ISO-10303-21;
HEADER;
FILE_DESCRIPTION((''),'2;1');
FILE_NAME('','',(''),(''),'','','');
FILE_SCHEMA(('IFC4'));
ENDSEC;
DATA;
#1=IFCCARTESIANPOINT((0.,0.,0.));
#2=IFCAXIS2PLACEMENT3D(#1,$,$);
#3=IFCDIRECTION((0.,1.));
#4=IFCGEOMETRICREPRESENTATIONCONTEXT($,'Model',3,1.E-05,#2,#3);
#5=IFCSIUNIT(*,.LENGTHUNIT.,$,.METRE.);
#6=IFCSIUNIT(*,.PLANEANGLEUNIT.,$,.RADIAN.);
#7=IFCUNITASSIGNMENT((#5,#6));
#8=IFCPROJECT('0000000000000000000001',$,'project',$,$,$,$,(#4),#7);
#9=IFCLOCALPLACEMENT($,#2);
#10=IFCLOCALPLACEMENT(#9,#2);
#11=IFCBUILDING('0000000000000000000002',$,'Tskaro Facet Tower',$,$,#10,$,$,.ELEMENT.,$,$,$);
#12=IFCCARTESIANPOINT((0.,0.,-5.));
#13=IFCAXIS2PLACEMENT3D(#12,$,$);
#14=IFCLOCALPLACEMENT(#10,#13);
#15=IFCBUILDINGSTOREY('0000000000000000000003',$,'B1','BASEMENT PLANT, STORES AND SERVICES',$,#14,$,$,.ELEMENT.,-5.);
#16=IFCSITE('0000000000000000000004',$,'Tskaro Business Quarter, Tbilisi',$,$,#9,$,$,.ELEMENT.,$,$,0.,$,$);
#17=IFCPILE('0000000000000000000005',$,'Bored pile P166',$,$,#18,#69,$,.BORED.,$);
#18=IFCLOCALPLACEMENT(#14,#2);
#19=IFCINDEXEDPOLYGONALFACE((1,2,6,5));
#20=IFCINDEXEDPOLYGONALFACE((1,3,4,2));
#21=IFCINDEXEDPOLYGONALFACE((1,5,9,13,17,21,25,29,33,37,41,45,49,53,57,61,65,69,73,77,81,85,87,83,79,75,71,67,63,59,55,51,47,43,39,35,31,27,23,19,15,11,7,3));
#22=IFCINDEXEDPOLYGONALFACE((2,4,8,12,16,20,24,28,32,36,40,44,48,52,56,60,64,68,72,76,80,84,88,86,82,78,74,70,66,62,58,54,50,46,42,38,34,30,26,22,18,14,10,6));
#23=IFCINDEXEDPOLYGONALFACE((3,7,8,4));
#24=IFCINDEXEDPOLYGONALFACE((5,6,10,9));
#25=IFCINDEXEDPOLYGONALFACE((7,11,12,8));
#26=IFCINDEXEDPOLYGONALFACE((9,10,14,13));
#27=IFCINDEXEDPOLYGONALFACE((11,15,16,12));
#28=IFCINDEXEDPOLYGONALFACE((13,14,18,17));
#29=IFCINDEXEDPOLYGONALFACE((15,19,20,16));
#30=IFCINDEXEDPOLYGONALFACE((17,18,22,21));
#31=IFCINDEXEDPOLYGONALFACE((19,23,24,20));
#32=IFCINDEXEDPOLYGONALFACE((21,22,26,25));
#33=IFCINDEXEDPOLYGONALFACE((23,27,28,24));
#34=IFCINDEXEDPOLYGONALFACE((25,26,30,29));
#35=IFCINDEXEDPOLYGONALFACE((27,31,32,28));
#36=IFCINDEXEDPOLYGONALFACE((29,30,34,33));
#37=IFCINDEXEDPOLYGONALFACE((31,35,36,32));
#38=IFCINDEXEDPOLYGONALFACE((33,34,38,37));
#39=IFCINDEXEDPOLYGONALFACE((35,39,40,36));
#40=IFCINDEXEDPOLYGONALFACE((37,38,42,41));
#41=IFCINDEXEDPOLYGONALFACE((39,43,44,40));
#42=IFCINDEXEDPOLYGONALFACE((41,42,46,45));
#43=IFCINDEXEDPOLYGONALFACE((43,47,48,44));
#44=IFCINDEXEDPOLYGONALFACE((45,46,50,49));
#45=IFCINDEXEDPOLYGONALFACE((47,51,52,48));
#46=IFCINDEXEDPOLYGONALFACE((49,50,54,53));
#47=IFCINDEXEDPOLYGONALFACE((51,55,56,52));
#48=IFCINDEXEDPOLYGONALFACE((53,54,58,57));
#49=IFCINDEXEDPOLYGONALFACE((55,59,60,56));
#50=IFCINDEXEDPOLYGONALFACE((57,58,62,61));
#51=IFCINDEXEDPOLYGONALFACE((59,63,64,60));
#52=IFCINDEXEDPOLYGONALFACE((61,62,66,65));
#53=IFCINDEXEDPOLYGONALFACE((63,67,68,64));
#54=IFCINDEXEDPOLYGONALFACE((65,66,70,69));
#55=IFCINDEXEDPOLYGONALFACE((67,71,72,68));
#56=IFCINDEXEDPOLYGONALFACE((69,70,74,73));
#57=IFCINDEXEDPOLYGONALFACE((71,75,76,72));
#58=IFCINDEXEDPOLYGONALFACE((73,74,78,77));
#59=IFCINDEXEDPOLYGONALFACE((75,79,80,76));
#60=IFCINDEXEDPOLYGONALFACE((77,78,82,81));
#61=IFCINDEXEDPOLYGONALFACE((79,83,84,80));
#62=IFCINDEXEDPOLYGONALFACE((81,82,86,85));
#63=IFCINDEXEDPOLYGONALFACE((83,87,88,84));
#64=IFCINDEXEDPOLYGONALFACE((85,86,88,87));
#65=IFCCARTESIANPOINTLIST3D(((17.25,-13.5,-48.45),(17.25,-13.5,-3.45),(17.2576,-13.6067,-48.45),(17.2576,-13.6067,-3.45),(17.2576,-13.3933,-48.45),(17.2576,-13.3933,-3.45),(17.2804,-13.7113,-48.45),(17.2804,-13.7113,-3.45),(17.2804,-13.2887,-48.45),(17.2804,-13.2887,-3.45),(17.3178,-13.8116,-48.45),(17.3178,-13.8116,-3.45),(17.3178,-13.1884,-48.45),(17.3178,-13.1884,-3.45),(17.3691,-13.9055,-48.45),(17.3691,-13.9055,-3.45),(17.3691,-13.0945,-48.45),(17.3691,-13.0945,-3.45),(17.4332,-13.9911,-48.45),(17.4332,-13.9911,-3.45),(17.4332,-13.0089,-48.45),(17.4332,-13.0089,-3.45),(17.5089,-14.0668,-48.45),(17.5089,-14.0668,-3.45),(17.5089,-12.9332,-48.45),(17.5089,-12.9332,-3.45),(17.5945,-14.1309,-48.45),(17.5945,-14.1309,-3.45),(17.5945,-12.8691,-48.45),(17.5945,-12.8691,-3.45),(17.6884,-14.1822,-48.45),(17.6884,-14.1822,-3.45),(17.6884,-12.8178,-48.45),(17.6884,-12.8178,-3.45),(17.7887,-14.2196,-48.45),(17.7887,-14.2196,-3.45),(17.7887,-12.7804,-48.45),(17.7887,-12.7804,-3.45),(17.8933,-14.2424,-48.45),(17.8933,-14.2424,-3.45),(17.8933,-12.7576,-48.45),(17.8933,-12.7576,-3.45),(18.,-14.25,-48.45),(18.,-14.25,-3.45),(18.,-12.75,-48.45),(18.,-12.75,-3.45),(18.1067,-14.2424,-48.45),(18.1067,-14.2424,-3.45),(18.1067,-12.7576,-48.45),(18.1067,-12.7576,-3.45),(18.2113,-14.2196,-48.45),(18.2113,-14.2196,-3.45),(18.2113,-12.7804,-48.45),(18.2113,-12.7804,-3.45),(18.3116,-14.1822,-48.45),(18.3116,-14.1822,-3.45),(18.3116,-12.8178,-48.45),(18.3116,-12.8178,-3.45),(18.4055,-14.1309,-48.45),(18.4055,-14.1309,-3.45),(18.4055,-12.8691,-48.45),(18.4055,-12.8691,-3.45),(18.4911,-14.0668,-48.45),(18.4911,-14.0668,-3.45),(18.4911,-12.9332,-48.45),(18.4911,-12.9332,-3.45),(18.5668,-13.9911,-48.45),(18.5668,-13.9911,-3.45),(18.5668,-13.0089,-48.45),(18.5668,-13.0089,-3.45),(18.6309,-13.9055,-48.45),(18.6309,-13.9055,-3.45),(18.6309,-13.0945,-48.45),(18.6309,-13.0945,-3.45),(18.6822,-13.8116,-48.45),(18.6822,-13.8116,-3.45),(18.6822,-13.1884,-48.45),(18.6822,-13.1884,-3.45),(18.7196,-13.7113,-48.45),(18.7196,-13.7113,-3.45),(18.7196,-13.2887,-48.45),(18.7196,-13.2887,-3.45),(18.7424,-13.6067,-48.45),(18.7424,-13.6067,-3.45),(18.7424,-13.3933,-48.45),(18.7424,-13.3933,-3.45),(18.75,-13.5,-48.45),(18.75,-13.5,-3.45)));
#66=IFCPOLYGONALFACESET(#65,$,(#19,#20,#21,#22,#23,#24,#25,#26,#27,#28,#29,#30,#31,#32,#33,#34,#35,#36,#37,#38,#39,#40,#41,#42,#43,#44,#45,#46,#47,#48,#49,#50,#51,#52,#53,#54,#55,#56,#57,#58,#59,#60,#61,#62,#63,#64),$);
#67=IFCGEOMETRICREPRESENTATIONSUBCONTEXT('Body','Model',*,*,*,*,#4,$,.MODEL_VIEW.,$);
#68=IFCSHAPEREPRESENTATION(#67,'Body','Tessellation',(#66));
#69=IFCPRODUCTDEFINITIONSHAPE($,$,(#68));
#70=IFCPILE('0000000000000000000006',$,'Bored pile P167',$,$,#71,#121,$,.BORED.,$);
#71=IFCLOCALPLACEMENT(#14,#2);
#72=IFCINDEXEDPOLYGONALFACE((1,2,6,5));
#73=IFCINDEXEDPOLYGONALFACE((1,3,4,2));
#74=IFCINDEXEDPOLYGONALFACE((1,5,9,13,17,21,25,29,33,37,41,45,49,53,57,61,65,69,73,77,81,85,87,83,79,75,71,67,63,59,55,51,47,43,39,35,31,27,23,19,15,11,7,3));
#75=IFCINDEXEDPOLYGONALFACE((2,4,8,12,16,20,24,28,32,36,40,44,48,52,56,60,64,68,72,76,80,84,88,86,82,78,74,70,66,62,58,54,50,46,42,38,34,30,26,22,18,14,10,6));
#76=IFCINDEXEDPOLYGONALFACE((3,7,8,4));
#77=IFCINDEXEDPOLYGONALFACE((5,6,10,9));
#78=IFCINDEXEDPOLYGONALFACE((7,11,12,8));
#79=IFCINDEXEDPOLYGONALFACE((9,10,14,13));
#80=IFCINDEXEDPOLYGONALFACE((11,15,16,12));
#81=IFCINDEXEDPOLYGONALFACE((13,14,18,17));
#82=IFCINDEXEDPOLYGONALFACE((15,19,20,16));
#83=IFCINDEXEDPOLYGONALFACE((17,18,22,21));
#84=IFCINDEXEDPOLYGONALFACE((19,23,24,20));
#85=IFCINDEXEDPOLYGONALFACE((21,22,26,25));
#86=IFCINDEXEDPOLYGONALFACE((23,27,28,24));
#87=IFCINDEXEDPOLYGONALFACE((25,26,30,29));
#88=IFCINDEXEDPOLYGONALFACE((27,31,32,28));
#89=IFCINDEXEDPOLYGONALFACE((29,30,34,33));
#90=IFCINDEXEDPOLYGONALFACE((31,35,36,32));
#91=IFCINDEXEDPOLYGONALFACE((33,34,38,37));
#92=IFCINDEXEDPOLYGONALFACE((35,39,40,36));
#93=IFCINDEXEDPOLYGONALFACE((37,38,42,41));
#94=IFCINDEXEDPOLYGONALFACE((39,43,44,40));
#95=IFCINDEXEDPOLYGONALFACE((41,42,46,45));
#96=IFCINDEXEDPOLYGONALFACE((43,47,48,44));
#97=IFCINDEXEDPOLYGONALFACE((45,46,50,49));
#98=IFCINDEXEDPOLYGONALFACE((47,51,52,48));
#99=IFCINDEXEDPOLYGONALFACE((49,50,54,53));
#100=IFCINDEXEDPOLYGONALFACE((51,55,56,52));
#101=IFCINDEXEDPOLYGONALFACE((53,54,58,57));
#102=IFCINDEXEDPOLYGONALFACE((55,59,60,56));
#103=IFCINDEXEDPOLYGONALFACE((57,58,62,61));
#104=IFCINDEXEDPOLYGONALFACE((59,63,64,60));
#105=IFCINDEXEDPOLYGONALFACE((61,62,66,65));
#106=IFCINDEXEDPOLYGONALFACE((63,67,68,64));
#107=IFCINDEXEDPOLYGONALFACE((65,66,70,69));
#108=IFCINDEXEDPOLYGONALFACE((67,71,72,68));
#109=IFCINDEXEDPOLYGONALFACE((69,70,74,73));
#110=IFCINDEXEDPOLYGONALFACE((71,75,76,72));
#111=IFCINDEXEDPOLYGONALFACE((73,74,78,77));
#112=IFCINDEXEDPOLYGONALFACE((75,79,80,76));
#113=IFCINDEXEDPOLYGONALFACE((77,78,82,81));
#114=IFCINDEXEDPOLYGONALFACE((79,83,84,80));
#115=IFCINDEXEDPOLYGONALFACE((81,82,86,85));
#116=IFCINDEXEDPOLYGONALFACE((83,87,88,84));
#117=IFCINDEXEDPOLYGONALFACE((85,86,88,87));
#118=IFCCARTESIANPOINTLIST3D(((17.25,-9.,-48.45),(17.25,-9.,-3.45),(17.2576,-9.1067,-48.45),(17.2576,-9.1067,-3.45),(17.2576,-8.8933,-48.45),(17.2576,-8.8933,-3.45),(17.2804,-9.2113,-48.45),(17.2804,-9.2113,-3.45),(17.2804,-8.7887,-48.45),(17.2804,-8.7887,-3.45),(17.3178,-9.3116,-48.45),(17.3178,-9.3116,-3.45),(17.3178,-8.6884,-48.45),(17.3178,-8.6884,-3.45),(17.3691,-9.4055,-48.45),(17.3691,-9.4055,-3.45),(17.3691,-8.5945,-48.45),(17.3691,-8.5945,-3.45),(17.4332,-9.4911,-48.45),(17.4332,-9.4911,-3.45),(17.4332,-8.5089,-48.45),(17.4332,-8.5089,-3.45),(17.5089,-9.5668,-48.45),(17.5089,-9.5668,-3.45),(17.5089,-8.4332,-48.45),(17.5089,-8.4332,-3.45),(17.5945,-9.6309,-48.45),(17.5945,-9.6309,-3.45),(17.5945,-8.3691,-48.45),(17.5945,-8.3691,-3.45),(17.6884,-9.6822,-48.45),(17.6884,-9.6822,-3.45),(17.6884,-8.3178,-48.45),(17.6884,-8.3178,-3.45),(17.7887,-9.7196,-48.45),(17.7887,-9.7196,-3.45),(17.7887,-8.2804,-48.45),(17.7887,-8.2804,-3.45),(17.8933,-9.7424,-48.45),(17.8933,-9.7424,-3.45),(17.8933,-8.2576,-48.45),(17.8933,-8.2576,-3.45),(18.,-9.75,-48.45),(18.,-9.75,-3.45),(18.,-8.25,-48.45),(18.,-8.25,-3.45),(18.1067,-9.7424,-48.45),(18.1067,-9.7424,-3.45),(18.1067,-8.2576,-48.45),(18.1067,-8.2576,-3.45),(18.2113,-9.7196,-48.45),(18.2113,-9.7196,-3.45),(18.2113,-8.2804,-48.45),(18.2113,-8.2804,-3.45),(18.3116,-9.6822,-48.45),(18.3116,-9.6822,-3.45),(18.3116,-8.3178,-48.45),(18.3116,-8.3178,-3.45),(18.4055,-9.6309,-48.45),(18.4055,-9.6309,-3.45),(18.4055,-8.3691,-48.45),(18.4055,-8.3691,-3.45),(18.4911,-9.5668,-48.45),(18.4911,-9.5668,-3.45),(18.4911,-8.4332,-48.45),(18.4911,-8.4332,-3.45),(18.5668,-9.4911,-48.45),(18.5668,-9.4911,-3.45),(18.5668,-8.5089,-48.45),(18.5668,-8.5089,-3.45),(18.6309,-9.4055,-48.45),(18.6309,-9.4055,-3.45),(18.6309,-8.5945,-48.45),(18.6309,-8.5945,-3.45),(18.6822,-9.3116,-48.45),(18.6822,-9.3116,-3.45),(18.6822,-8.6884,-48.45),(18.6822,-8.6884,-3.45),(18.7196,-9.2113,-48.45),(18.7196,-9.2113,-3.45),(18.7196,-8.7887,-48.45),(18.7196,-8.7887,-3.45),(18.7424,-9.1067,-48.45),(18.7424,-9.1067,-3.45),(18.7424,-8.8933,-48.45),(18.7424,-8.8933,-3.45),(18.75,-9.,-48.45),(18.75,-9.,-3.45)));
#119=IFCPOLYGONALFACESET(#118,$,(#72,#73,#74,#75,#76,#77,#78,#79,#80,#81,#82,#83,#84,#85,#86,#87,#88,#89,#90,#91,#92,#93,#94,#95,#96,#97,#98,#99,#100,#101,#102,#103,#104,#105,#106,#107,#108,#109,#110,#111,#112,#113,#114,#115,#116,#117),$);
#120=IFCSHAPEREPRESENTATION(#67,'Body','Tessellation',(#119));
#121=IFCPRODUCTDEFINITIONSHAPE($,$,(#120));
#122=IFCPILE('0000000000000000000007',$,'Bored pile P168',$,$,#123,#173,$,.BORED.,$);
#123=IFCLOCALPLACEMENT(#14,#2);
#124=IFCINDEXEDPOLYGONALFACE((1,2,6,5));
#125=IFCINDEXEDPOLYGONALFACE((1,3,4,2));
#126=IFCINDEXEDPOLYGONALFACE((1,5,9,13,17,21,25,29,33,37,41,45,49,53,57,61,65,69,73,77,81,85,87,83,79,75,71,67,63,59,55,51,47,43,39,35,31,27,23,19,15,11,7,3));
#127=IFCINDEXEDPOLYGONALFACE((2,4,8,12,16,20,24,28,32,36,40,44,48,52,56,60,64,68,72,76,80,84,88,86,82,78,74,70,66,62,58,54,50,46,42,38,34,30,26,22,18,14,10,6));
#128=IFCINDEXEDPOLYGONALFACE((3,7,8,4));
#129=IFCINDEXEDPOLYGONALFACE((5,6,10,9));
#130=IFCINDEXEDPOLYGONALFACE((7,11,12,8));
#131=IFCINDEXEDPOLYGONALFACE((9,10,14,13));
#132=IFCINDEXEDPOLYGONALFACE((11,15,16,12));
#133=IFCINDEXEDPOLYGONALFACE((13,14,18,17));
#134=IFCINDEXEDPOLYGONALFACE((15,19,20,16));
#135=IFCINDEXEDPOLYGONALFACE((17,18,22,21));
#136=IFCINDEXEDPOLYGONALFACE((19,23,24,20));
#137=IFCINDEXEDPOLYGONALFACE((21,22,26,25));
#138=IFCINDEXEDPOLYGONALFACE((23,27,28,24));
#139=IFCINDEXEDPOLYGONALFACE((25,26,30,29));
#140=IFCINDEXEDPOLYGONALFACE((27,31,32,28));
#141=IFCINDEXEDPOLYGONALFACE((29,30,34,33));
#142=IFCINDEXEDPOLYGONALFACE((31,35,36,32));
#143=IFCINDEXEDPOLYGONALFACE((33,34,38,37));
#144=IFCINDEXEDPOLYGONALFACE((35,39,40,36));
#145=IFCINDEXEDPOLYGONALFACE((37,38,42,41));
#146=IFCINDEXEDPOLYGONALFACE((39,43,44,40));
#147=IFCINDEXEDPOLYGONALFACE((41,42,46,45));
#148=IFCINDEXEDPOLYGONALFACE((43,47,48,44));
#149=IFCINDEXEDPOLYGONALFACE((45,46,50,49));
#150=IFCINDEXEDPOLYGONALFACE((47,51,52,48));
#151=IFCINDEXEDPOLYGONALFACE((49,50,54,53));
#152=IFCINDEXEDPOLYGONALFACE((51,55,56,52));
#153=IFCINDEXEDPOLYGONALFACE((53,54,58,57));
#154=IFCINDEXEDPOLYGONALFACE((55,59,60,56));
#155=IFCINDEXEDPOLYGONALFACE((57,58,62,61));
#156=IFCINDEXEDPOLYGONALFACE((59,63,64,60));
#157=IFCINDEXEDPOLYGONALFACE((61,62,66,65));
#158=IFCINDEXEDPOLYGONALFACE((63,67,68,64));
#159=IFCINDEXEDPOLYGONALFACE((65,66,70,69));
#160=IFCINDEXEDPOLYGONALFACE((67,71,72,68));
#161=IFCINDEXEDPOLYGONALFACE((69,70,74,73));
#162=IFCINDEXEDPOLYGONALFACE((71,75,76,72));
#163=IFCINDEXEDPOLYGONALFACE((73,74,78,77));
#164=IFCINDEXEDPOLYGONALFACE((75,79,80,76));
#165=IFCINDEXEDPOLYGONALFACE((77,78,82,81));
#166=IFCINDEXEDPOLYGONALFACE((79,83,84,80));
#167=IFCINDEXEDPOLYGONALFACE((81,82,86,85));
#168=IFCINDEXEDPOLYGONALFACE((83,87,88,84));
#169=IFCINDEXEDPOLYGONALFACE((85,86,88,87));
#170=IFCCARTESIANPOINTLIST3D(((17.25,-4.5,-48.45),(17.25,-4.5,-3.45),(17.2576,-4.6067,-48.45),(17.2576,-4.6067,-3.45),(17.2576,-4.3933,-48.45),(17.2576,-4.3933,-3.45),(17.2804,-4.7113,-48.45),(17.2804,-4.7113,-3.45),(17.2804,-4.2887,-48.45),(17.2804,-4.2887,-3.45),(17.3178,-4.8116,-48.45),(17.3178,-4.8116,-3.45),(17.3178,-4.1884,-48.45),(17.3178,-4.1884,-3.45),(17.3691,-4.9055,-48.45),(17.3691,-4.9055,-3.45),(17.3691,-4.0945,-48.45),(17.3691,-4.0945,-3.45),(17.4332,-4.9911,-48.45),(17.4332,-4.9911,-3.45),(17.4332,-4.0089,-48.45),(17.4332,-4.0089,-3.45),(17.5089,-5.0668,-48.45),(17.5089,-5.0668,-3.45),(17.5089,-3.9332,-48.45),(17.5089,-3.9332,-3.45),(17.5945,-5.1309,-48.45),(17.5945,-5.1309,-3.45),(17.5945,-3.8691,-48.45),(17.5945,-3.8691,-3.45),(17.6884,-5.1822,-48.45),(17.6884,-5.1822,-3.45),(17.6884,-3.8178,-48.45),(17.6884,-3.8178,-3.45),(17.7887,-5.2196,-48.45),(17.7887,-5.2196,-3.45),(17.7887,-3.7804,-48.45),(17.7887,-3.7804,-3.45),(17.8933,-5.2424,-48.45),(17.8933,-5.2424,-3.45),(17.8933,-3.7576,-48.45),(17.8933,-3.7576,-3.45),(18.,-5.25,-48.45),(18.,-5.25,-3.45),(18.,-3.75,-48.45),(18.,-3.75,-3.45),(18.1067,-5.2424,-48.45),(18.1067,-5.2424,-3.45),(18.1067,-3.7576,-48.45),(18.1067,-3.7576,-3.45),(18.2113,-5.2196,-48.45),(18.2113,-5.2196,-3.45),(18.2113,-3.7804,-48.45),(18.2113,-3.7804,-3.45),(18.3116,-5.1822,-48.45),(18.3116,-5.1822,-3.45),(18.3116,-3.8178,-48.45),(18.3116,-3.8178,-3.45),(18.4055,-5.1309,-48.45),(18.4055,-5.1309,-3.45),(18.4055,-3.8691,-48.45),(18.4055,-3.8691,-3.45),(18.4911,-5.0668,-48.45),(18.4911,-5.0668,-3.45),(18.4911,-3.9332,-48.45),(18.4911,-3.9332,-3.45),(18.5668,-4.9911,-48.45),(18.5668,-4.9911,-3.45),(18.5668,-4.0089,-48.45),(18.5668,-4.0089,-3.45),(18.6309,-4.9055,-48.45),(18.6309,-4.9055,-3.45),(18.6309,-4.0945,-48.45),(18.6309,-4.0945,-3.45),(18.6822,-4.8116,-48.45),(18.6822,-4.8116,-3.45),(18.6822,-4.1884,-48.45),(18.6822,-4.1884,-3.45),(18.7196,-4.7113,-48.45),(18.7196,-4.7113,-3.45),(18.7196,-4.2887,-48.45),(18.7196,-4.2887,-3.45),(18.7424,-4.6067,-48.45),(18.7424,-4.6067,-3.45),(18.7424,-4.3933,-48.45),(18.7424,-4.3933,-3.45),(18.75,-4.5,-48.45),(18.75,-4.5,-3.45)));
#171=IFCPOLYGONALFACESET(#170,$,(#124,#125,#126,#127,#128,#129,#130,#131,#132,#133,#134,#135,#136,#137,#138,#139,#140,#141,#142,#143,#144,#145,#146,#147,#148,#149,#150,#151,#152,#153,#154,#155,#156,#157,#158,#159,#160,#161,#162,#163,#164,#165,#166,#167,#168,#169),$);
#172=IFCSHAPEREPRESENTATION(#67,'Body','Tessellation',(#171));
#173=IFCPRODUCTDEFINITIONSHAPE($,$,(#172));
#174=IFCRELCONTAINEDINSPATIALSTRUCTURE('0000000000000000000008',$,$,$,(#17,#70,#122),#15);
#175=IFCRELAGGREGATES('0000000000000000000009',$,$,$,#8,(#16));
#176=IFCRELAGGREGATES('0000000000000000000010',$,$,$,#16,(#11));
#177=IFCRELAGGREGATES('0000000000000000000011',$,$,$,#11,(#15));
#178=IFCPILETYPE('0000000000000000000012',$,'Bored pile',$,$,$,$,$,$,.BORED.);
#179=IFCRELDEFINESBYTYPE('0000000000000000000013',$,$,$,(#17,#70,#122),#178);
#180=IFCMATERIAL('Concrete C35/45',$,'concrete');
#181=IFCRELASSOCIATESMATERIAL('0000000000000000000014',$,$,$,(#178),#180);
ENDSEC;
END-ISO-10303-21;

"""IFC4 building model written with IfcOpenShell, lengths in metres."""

from ifc_helpers import new_model, si_unit, direction, frame, origin, origin_2d, place, context, subcontext, project, spatial, circle, extrude, material, material_profile, profile_set, type_object, element, save


model = new_model("IFC4")

# Units and contexts
model_context = context("Model", 3, precision=1e-05, world=origin(), true_north=direction((0.0, 1.0)))
body_context = subcontext(model_context, "Body", "Model", "MODEL_VIEW")
ifc_project = project(units=[si_unit("LENGTHUNIT", "METRE"), si_unit("PLANEANGLEUNIT", "RADIAN")], contexts=[model_context])

# Site, building, storey
site_placement = place(None, origin())
site = spatial("IfcSite", under=ifc_project, at=site_placement, Name="Tskaro Business Quarter, Tbilisi", CompositionType="ELEMENT", RefElevation=0.0)
building_placement = place(site_placement, origin())
building = spatial("IfcBuilding", under=site, at=building_placement, Name="Tskaro Facet Tower", CompositionType="ELEMENT")
storey_placement = place(building_placement, frame((0.0, 0.0, -5.0)))
storey = spatial("IfcBuildingStorey", under=building, at=storey_placement, Name="B1", Description="BASEMENT PLANT, STORES AND SERVICES", CompositionType="ELEMENT", Elevation=-5.0)

# Piles
ifc_material_1 = material(Name="Concrete C35/45", Category="concrete")
ifc_material_profile_1 = material_profile(ifc_material_1, circle(Radius=0.75, at=origin_2d()), Name="Bored pile")
ifc_profile_set_1 = profile_set([ifc_material_profile_1], Name="Concrete C35/45")
pile_type = type_object("IfcPileType", Name="Bored pile", PredefinedType="BORED", material=ifc_profile_set_1)
for number, where, z_axis, x_axis, name in (
    (1, (18.0, -13.5, -3.45), (0.0, 0.0, -1.0), (1.0, 0.0, 0.0), "Bored pile P166"),
    (2, (18.0, -9.0, -3.45), (0.0, 0.0, -1.0), (1.0, 0.0, 0.0), "Bored pile P167"),
    (3, (18.0, -4.5, -3.45), (0.0, 0.0, -1.0), (1.0, 0.0, 0.0), "Bored pile P168"),
):
    element("IfcPile", number, at=place(storey_placement, frame(where, z_axis=z_axis, x_axis=x_axis)), inside=storey, type_object=pile_type, Name=name, PredefinedType="BORED", context=body_context, shape_type="SweptSolid", body=[
        extrude(circle(Radius=0.75, at=origin_2d()), origin(), (0.0, 0.0, 1.0), 45.0),
    ])

save(model, "model.ifc")
